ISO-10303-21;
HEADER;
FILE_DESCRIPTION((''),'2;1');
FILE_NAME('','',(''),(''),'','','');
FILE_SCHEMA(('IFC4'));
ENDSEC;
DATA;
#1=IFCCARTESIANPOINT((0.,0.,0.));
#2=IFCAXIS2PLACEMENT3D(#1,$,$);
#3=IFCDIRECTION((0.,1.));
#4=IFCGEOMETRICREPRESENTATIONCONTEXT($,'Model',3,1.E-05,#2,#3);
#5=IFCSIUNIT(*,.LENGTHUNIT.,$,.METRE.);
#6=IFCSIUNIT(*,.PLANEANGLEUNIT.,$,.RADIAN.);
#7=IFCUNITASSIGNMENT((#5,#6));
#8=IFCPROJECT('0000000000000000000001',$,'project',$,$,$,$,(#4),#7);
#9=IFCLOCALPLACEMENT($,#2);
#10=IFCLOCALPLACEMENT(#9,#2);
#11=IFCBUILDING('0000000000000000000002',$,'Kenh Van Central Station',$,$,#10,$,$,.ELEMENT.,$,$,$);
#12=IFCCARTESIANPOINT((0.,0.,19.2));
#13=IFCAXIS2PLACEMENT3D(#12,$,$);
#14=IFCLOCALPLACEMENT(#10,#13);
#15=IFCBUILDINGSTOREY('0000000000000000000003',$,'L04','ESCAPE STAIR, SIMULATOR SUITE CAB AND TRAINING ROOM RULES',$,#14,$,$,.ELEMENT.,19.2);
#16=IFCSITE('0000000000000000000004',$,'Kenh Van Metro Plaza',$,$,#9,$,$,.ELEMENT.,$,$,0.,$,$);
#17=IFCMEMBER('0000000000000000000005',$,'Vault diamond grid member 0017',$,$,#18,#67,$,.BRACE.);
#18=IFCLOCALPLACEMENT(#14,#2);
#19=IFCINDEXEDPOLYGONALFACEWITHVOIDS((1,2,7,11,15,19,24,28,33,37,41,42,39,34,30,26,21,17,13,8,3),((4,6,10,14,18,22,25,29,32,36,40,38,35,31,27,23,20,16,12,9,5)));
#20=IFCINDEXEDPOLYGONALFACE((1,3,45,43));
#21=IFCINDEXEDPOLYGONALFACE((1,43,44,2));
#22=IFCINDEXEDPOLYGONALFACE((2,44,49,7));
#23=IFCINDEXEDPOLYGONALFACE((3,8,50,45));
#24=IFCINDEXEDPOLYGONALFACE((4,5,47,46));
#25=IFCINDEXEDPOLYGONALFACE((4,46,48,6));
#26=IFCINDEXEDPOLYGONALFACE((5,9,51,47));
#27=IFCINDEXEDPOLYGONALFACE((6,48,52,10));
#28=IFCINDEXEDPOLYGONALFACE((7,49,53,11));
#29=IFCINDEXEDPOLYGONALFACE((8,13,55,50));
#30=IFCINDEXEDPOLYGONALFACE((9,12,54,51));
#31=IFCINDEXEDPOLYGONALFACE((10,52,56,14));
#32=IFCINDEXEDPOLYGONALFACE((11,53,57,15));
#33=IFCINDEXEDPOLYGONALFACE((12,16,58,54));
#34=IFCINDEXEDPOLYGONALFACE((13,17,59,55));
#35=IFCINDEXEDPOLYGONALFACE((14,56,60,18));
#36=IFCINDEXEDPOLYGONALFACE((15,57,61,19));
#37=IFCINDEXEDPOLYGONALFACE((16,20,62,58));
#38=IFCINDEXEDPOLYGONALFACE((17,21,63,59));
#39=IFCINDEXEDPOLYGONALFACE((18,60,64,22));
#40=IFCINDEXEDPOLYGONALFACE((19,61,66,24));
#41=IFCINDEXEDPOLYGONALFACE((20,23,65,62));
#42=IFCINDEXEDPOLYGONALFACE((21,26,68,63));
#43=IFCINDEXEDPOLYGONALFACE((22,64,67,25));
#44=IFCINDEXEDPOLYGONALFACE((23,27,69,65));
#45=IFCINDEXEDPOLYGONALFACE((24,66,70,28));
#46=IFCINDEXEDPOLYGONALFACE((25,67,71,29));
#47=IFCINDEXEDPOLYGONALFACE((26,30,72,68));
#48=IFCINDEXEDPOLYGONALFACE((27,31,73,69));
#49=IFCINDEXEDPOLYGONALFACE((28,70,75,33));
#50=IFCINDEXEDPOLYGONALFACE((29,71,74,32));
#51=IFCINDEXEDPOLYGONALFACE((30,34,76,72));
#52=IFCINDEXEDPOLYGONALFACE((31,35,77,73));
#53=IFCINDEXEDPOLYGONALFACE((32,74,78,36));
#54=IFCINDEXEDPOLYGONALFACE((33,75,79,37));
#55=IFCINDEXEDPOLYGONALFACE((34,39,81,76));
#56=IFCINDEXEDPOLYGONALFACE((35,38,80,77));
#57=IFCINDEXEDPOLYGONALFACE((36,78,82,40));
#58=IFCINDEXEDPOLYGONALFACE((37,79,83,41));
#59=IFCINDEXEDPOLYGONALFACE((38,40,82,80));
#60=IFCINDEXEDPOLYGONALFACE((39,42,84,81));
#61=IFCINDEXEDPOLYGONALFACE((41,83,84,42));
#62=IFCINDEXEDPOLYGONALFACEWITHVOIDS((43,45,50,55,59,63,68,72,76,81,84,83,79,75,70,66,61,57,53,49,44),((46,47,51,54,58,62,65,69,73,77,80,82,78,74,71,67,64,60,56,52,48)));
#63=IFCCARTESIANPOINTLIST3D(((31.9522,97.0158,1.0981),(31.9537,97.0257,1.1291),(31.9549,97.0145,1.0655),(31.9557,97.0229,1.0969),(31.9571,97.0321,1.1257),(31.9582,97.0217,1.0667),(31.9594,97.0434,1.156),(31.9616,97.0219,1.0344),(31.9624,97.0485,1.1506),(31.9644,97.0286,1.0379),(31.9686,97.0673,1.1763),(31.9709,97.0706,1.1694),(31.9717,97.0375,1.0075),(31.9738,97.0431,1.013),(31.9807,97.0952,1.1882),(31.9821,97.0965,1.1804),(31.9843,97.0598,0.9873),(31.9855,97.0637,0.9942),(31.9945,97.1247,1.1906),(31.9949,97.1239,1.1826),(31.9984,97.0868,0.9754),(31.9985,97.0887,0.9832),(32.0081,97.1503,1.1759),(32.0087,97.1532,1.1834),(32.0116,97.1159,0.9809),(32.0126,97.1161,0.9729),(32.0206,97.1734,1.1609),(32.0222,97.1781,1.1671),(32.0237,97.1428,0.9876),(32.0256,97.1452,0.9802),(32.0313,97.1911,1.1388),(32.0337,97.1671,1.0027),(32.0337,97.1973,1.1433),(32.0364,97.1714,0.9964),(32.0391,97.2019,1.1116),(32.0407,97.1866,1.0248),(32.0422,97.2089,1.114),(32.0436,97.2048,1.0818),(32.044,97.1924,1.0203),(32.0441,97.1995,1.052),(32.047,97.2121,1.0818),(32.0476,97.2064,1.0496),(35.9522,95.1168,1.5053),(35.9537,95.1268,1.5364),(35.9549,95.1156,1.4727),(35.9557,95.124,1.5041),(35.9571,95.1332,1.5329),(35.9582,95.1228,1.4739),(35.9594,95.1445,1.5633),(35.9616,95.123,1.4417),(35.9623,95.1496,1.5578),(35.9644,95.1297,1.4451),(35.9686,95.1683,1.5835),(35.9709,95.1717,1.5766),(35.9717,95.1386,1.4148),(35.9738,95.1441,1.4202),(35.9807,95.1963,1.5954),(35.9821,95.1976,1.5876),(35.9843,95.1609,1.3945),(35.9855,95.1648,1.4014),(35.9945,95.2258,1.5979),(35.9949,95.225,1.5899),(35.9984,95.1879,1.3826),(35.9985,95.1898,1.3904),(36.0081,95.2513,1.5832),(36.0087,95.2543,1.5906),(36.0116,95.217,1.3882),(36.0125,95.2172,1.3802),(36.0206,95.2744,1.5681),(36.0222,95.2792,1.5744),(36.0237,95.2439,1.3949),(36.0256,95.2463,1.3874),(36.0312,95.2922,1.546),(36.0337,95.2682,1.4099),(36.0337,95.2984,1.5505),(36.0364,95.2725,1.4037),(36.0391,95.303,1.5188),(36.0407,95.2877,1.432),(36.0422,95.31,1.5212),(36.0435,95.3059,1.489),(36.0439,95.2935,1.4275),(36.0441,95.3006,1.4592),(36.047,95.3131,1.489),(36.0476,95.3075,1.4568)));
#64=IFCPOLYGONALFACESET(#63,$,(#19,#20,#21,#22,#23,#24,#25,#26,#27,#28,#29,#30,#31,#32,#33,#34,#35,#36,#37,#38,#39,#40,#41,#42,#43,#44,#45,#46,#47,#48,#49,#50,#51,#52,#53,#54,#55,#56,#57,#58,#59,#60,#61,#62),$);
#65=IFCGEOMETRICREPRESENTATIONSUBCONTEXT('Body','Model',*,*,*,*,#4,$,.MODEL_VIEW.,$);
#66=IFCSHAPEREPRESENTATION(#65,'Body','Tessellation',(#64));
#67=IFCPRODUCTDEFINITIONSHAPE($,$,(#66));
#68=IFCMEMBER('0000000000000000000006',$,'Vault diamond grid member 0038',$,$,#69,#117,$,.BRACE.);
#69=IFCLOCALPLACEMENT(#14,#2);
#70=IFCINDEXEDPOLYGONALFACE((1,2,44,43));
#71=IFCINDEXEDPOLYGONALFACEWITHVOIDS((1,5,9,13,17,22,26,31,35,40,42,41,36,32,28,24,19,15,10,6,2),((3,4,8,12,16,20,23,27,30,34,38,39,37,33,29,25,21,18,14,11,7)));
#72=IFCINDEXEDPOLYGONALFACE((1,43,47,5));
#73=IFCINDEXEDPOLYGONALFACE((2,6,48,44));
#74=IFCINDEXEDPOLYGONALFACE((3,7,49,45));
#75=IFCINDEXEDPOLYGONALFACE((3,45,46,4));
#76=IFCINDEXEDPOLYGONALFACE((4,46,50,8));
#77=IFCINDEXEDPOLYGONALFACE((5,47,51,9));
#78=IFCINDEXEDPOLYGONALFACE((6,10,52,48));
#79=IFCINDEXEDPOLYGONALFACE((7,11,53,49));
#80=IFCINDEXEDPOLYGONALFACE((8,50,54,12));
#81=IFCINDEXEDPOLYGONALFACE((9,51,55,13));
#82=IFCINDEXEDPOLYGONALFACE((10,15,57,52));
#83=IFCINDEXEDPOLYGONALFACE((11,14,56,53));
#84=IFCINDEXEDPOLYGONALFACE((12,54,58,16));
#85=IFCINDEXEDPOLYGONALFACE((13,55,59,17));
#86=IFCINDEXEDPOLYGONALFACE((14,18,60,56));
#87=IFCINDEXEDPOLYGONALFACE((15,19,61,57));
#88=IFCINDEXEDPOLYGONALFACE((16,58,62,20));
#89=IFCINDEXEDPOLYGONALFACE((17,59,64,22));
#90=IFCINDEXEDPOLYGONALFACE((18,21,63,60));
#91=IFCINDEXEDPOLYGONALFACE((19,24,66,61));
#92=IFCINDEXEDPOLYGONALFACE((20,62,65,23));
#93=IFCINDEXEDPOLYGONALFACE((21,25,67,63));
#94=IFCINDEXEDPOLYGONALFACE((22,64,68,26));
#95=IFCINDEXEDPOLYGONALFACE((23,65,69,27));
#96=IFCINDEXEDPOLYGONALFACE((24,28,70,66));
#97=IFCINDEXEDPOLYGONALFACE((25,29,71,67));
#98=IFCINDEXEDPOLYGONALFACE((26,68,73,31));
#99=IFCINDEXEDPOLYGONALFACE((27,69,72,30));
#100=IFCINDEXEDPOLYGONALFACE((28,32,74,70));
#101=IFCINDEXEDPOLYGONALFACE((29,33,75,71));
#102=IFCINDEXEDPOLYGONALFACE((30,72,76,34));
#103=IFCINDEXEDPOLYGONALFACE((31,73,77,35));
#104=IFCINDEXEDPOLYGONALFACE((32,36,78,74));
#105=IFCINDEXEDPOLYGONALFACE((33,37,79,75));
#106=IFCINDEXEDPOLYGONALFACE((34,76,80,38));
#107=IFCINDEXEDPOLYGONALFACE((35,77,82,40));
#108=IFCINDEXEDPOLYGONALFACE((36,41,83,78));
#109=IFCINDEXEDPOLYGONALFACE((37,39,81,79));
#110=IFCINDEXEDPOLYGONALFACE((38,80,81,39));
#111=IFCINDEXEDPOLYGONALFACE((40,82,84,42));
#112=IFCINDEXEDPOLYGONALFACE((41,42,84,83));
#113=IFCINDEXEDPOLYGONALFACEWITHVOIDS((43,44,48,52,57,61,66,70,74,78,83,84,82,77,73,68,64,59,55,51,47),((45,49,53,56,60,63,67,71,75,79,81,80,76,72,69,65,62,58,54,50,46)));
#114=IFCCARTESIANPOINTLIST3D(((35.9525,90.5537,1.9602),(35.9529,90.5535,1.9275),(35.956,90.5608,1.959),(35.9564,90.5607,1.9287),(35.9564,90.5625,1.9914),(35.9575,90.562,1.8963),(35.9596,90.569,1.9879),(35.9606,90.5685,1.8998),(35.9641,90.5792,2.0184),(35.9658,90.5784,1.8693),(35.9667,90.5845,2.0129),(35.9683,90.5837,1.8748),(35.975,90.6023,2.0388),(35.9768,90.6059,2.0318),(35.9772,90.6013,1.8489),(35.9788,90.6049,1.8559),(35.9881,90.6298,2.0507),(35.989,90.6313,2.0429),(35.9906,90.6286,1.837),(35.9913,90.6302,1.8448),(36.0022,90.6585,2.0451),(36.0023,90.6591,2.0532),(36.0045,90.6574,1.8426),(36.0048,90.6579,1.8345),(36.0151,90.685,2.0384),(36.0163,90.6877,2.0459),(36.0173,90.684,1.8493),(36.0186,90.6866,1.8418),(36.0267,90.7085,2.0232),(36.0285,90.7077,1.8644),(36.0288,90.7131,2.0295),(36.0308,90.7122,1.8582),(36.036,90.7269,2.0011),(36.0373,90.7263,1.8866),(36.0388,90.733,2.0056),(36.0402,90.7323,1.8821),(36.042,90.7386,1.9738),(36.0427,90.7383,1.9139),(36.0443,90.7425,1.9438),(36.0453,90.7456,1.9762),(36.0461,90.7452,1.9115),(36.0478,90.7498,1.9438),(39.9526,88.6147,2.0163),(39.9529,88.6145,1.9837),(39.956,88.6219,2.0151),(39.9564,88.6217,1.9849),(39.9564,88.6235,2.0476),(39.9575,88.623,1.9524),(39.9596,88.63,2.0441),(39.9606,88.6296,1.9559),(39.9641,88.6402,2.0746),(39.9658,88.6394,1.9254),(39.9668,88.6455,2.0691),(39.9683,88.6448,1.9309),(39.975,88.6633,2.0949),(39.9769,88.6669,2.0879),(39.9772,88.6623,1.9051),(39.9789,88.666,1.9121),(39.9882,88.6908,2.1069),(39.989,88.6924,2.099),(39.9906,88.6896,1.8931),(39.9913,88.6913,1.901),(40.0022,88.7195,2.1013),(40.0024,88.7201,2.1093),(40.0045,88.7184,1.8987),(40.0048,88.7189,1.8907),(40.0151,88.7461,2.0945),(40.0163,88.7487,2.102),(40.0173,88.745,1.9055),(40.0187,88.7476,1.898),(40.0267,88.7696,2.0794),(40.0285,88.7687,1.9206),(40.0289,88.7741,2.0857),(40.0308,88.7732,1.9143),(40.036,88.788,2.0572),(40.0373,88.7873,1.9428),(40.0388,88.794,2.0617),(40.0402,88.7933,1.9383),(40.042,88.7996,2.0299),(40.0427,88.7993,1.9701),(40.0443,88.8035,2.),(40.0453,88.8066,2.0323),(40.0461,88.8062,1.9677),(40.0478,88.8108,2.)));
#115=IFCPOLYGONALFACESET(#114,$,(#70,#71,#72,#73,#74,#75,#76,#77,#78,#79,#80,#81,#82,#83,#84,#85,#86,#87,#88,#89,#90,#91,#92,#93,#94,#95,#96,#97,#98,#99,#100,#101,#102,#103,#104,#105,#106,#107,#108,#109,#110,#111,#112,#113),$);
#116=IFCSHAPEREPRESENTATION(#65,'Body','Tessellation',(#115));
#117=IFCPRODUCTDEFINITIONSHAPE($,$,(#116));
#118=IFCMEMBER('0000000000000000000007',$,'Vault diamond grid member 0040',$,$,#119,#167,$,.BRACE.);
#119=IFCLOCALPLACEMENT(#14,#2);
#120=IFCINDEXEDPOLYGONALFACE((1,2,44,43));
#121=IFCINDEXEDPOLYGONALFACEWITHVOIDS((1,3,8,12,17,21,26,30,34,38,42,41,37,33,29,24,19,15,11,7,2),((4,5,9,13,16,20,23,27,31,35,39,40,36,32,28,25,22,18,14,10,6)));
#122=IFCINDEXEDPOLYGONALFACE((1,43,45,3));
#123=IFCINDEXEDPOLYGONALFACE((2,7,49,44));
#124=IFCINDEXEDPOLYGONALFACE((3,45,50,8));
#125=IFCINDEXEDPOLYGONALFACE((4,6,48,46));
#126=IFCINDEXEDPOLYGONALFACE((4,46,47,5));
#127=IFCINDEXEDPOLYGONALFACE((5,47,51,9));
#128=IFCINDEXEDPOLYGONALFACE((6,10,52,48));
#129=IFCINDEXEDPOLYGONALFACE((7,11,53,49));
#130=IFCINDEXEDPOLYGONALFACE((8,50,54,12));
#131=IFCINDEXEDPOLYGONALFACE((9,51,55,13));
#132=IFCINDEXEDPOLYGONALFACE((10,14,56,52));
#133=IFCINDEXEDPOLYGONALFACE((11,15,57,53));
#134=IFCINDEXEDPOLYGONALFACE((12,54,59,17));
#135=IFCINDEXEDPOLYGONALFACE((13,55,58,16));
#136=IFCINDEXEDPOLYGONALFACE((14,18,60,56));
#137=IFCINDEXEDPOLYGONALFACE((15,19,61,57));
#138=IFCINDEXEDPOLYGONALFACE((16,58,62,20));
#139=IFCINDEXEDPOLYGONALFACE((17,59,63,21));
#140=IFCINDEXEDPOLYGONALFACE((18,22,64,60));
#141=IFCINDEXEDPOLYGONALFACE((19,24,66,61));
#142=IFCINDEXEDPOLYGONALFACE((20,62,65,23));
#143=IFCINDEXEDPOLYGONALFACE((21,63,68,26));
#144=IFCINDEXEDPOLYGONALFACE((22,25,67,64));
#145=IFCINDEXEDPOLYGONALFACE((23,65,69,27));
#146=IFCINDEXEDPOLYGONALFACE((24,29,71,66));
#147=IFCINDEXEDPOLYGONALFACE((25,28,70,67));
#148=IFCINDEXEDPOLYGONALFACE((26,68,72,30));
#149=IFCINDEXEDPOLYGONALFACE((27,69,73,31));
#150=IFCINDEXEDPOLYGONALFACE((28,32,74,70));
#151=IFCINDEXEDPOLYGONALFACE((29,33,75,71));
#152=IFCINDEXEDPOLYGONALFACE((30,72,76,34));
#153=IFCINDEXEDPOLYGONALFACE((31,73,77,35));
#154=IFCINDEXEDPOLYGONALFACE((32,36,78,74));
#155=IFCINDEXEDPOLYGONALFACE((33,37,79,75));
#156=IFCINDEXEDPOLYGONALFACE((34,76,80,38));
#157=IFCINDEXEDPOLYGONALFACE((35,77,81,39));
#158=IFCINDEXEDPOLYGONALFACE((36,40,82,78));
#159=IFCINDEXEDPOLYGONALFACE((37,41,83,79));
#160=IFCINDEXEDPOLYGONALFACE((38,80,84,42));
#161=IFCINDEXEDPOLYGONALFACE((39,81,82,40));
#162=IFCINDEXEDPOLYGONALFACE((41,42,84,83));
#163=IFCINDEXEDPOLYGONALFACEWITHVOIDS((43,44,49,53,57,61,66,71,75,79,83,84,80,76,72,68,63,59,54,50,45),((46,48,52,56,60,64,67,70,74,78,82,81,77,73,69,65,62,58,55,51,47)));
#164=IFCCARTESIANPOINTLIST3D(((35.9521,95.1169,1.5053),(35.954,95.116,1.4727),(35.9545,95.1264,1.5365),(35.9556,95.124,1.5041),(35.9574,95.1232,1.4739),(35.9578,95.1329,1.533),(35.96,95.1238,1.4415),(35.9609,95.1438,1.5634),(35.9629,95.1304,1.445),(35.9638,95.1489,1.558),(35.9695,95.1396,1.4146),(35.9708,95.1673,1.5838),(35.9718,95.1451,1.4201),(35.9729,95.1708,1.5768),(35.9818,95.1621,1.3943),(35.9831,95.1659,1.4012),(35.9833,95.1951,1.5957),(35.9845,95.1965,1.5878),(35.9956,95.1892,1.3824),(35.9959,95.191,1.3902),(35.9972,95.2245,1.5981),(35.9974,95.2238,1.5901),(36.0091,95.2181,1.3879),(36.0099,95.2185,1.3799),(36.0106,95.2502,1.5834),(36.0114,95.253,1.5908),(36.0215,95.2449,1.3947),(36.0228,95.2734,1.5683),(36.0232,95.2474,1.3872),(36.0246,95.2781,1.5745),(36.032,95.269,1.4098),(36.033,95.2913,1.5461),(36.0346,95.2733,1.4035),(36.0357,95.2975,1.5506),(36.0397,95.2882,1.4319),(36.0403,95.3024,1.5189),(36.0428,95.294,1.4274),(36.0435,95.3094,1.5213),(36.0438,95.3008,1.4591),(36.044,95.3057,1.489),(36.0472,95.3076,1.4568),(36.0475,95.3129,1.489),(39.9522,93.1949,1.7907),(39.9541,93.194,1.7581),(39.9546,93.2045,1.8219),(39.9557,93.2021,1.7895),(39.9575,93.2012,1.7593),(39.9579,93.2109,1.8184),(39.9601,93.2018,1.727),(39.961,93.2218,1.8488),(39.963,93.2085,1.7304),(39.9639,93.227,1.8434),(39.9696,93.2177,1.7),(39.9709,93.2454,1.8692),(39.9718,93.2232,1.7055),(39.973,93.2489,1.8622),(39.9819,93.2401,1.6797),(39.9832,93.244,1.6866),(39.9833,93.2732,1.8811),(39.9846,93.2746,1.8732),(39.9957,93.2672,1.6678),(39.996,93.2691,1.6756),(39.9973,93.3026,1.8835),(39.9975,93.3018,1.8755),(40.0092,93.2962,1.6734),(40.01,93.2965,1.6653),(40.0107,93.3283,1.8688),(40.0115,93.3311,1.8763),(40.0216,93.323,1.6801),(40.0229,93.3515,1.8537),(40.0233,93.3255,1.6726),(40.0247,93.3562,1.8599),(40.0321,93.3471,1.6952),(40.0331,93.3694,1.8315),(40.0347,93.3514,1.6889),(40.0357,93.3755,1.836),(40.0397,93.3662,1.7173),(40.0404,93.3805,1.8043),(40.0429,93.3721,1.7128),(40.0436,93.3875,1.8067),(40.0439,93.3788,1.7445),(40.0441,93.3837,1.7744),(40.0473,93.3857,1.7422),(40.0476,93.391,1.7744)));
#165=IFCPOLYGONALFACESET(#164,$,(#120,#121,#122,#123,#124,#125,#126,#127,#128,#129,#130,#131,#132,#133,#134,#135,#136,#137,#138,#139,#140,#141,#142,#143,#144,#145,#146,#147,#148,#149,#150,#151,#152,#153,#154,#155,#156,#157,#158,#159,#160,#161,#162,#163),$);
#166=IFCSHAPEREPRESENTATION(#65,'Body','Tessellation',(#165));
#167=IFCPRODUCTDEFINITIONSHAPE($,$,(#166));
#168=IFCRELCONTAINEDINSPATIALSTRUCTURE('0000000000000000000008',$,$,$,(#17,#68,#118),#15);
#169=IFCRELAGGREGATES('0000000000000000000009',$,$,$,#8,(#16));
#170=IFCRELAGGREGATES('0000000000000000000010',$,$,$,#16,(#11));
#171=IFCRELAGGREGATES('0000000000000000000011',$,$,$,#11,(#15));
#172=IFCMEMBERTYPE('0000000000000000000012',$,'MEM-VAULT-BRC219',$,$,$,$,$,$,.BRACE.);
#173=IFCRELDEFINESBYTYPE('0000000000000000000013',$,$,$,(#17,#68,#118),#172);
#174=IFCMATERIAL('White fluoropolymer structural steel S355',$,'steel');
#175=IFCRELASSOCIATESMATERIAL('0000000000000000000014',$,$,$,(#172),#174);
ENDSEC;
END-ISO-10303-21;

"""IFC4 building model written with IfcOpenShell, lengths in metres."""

from ifc_helpers import new_model, si_unit, direction, frame, origin, origin_2d, place, context, subcontext, project, spatial, hollow_circle, extrude, material, material_profile, profile_set, type_object, element, save


model = new_model("IFC4")

# Units and contexts
model_context = context("Model", 3, precision=1e-05, world=origin(), true_north=direction((0.0, 1.0)))
body_context = subcontext(model_context, "Body", "Model", "MODEL_VIEW")
ifc_project = project(units=[si_unit("LENGTHUNIT", "METRE"), si_unit("PLANEANGLEUNIT", "RADIAN")], contexts=[model_context])

# Site, building, storey
site_placement = place(None, origin())
site = spatial("IfcSite", under=ifc_project, at=site_placement, Name="Kenh Van Metro Plaza", CompositionType="ELEMENT", RefElevation=0.0)
building_placement = place(site_placement, origin())
building = spatial("IfcBuilding", under=site, at=building_placement, Name="Kenh Van Central Station", CompositionType="ELEMENT")
storey_placement = place(building_placement, frame((0.0, 0.0, 19.2)))
storey = spatial("IfcBuildingStorey", under=building, at=storey_placement, Name="L04", Description="ESCAPE STAIR, SIMULATOR SUITE CAB AND TRAINING ROOM RULES", CompositionType="ELEMENT", Elevation=19.2)

# Shared definitions
ifc_material_1 = material(Name="White fluoropolymer structural steel S355", Category="steel")

# Members
ifc_material_profile_1 = material_profile(ifc_material_1, hollow_circle(Radius=0.1096, WallThickness=0.0081, at=origin_2d()), Name="CHS 219.1x8")
ifc_profile_set_1 = profile_set([ifc_material_profile_1], Name="White fluoropolymer structural steel S355")
member_type_1 = type_object("IfcMemberType", Name="MEM-VAULT-BRC219", PredefinedType="BRACE", material=ifc_profile_set_1)
member_1_placement = place(storey_placement, frame((32.0, 97.113, 1.0818), z_axis=(0.899575, -0.427057, 0.091583), x_axis=(0.428859, 0.903372, 0.0)))
element("IfcMember", 1, at=member_1_placement, inside=storey, type_object=member_type_1, Name="Vault diamond grid member 0017", PredefinedType="BRACE", context=body_context, shape_type="SweptSolid", body=[
    extrude(hollow_circle(Radius=0.1096, WallThickness=0.0081, at=origin_2d()), origin(), (0.0, 0.0, 1.0), 4.4465),
])
member_2_placement = place(storey_placement, frame((36.0, 90.6511, 1.9438), z_axis=(0.89978, -0.436161, 0.012631), x_axis=(0.436195, 0.899852, 0.0)))
element("IfcMember", 2, at=member_2_placement, inside=storey, type_object=member_type_1, Name="Vault diamond grid member 0038", PredefinedType="BRACE", context=body_context, shape_type="SweptSolid", body=[
    extrude(hollow_circle(Radius=0.1096, WallThickness=0.0081, at=origin_2d()), origin(), (0.0, 0.0, 1.0), 4.4456),
])
member_3_placement = place(storey_placement, frame((36.0, 95.2141, 1.489), z_axis=(0.8995, -0.432182, 0.064179), x_axis=(0.433074, 0.901358, 0.0)))
element("IfcMember", 3, at=member_3_placement, inside=storey, type_object=member_type_1, Name="Vault diamond grid member 0040", PredefinedType="BRACE", context=body_context, shape_type="SweptSolid", body=[
    extrude(hollow_circle(Radius=0.1096, WallThickness=0.0081, at=origin_2d()), origin(), (0.0, 0.0, 1.0), 4.447),
])

save(model, "model.ifc")
